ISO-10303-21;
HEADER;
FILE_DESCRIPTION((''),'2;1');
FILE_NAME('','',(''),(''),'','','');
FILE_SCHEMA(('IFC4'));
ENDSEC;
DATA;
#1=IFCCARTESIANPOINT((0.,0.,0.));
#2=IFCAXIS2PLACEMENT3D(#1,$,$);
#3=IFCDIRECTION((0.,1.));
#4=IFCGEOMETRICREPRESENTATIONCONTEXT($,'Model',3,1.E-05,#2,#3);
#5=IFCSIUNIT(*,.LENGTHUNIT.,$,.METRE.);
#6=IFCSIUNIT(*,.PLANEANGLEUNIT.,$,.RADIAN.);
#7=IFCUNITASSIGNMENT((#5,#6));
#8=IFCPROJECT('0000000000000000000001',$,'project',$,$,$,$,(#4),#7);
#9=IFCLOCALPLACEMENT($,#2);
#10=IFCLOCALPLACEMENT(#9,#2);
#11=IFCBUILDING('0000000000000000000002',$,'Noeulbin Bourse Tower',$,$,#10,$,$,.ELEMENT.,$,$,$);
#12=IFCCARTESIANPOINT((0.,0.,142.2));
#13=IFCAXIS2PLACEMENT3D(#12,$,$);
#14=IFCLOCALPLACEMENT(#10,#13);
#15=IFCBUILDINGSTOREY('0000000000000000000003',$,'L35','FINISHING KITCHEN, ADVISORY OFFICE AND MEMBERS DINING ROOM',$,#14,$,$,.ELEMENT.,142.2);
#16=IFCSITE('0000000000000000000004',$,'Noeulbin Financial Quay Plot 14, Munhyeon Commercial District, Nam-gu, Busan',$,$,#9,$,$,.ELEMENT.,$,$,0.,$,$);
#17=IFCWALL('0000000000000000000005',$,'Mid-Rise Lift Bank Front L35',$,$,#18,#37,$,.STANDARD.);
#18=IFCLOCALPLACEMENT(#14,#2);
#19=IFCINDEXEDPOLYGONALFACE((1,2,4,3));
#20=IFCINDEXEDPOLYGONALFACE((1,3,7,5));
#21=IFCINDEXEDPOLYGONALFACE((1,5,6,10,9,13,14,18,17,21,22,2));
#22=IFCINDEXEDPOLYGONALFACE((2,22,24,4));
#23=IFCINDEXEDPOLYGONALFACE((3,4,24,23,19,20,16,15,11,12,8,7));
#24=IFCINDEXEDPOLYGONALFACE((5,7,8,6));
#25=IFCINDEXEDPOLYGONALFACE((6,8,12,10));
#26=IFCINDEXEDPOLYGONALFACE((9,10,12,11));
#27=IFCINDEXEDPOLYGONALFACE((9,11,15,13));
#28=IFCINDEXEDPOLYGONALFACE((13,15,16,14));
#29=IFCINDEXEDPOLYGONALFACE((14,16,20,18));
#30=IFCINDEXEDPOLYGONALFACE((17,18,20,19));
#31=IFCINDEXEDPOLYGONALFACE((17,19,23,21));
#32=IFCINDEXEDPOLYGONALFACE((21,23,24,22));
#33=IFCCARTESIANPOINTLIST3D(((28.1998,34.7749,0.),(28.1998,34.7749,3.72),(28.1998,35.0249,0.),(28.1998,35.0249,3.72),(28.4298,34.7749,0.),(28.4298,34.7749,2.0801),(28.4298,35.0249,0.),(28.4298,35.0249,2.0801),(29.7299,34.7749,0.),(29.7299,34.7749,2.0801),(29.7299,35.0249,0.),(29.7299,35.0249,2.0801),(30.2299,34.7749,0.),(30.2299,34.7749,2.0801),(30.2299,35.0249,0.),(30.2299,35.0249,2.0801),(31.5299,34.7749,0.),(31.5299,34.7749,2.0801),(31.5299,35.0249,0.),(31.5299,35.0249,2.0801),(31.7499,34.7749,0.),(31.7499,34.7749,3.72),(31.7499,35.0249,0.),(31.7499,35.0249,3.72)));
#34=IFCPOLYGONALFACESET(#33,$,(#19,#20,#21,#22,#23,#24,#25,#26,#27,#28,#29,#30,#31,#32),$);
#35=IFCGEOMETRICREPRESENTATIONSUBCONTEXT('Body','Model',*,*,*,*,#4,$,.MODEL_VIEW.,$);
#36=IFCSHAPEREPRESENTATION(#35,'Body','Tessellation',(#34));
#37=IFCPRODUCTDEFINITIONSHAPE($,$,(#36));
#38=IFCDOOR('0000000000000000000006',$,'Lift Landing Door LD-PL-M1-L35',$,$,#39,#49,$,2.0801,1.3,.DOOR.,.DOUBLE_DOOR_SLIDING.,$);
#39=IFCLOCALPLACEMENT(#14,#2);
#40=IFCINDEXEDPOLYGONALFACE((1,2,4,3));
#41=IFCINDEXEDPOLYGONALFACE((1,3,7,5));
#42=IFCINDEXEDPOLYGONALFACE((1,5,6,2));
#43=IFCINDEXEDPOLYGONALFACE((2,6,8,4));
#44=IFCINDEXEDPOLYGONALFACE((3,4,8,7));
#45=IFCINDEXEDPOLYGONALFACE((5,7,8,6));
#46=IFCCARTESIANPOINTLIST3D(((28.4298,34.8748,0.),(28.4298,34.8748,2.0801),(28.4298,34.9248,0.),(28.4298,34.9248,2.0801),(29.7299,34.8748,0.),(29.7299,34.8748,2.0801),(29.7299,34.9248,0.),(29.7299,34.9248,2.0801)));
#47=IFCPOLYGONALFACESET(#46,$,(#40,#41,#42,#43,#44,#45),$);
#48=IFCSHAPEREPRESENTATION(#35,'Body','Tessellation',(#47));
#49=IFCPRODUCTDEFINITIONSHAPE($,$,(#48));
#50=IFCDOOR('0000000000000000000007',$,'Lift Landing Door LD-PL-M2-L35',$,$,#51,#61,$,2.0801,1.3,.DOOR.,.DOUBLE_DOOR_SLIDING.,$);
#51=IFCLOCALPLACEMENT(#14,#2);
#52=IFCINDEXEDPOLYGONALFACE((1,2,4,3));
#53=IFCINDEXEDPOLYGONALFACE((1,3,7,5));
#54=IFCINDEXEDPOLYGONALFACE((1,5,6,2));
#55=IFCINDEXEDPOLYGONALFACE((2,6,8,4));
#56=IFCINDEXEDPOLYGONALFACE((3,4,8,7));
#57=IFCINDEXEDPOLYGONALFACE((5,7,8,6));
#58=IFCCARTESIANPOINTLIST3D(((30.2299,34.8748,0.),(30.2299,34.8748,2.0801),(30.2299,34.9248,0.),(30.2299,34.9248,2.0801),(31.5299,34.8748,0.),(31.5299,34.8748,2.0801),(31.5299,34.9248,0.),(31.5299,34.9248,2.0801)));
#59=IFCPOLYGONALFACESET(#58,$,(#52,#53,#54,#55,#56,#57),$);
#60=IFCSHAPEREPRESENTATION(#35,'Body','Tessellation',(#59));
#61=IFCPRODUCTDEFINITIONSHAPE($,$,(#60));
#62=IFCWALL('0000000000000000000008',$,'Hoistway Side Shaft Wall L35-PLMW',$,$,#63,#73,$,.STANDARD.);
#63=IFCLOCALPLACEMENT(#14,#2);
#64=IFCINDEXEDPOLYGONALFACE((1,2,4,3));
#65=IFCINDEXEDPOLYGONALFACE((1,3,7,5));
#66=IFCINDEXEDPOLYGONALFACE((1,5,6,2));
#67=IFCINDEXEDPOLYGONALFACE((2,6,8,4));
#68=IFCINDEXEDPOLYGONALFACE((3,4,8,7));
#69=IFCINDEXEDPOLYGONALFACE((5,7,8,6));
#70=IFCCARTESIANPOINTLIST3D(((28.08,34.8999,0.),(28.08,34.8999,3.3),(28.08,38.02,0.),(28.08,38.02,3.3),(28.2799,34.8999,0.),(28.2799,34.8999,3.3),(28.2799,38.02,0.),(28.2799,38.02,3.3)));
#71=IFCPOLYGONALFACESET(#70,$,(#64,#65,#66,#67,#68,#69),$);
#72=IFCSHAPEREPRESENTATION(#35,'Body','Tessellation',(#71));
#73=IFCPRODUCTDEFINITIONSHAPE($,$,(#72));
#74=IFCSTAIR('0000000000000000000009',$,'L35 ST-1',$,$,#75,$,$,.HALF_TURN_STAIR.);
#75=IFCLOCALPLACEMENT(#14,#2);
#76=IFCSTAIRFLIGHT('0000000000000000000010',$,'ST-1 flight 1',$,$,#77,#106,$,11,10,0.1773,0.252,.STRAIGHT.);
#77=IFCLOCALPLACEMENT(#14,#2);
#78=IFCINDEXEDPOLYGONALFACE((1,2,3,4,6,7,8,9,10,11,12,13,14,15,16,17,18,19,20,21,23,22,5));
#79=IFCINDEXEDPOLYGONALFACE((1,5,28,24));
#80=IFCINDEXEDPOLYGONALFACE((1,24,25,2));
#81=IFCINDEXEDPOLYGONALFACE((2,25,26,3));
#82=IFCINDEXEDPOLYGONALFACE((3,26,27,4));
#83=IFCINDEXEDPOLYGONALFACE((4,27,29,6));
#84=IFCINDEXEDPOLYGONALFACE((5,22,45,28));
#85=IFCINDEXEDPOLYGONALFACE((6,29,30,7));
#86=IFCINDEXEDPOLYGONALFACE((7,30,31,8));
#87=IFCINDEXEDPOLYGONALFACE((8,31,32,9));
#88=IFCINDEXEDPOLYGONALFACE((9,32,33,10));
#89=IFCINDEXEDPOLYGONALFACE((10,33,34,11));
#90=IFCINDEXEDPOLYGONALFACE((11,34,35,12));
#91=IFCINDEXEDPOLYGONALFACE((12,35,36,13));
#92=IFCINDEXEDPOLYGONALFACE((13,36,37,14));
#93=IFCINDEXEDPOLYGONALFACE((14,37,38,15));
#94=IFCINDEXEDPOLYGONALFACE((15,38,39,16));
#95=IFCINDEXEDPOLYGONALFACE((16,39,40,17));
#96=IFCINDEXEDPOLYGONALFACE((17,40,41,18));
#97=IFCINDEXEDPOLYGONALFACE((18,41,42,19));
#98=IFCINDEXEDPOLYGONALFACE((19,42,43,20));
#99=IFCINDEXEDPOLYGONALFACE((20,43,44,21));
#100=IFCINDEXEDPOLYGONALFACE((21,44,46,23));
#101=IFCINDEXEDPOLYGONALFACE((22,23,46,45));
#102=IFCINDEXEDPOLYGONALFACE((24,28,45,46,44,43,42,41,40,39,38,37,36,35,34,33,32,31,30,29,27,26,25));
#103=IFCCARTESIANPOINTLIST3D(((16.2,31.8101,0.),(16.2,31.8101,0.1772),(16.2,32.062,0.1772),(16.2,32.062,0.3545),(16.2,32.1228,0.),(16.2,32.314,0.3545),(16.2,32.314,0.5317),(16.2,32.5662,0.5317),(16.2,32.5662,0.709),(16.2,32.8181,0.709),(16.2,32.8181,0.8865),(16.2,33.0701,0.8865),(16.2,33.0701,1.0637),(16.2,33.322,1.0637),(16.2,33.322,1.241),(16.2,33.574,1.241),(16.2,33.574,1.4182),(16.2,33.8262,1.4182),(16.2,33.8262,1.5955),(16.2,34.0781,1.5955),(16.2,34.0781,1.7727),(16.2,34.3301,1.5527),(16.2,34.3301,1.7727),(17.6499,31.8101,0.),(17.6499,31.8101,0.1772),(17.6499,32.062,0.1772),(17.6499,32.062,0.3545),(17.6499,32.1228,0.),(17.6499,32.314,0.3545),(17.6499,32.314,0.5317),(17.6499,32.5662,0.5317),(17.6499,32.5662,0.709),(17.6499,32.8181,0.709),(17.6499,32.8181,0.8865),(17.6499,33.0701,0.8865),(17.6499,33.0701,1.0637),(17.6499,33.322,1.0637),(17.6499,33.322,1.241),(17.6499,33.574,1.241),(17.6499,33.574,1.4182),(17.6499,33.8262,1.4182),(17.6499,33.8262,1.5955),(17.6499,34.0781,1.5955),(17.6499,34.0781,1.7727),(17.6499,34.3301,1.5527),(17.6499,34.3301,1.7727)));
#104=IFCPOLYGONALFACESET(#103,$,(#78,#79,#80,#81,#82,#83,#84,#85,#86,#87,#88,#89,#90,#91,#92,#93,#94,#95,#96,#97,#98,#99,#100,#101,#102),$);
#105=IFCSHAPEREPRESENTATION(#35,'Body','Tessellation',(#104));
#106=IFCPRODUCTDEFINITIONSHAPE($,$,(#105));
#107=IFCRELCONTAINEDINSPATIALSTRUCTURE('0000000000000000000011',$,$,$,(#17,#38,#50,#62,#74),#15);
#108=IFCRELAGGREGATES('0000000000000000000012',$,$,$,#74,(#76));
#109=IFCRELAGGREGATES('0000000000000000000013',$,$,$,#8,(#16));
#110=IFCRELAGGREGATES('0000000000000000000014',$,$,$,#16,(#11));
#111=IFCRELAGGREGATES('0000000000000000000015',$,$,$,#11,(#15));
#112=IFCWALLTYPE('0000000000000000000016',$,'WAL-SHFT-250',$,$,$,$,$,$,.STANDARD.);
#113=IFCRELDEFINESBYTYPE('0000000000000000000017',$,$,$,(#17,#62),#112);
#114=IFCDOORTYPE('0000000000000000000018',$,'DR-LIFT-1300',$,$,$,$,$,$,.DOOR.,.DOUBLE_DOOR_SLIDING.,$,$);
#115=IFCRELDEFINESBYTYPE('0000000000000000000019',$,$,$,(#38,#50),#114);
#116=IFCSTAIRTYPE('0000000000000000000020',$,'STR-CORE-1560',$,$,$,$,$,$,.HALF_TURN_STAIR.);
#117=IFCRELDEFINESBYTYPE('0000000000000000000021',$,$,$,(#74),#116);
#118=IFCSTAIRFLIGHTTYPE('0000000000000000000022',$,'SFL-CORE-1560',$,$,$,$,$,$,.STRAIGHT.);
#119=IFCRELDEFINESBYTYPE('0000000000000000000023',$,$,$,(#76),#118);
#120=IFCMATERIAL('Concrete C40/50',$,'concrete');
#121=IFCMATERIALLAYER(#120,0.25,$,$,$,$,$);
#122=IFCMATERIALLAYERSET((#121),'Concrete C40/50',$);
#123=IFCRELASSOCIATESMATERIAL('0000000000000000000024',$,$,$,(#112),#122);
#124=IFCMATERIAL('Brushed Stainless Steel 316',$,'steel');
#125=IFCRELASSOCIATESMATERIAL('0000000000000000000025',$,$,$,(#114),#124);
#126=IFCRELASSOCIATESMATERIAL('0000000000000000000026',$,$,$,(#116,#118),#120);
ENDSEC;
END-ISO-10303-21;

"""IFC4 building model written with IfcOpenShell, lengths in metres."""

from ifc_helpers import new_model, si_unit, direction, frame, frame_2d, origin, place, context, subcontext, project, spatial, polyline, rectangle, outline, extrude, material, layer, layer_set, type_object, element, fill, aggregate, save


model = new_model("IFC4")

# Units and contexts
model_context = context("Model", 3, precision=1e-05, world=origin(), true_north=direction((0.0, 1.0)))
body_context = subcontext(model_context, "Body", "Model", "MODEL_VIEW")
ifc_project = project(units=[si_unit("LENGTHUNIT", "METRE"), si_unit("PLANEANGLEUNIT", "RADIAN")], contexts=[model_context])

# Site, building, storey
site_placement = place(None, origin())
site = spatial("IfcSite", under=ifc_project, at=site_placement, Name="Noeulbin Financial Quay Plot 14, Munhyeon Commercial District, Nam-gu, Busan", CompositionType="ELEMENT", RefElevation=0.0)
building_placement = place(site_placement, origin())
building = spatial("IfcBuilding", under=site, at=building_placement, Name="Noeulbin Bourse Tower", CompositionType="ELEMENT")
storey_placement = place(building_placement, frame((0.0, 0.0, 142.2)))
storey = spatial("IfcBuildingStorey", under=building, at=storey_placement, Name="L35", Description="FINISHING KITCHEN, ADVISORY OFFICE AND MEMBERS DINING ROOM", CompositionType="ELEMENT", Elevation=142.2)

# Shared definitions
ifc_material_1 = material(Name="Concrete C40/50", Category="concrete")

# Shared definitions
ifc_layer_1 = layer(ifc_material_1, 0.25)
ifc_layer_set_1 = layer_set([ifc_layer_1], Name="Concrete C40/50")
wall_type_1 = type_object("IfcWallType", Name="WAL-SHFT-250", PredefinedType="STANDARD", material=ifc_layer_set_1)

# Shared definitions
ifc_material_2 = material(Name="Brushed Stainless Steel 316", Category="steel")

# Wall, openings, doors
wall_1_placement = place(storey_placement, frame((28.2, 34.8999, 0.0), z_axis=(0.0, 0.0, 1.0), x_axis=(1.0, 0.0, 0.0)))
wall_1 = element("IfcWall", 1, at=wall_1_placement, inside=storey, type_object=wall_type_1, Name="Mid-Rise Lift Bank Front L35", PredefinedType="STANDARD", context=body_context, shape_type="SweptSolid", body=[
    extrude(rectangle(XDim=3.55, YDim=0.25, at=frame_2d((1.7749, 0.0))), origin(), (0.0, 0.0, 1.0), 3.72),
])
opening_1_placement = place(wall_1_placement, frame((0.23, 0.0, 0.0)))
opening_1 = element("IfcOpeningElement", 2, at=opening_1_placement, cuts=wall_1, PredefinedType="OPENING", context=body_context, shape_type="SweptSolid", body=[
    extrude(rectangle(XDim=1.3, YDim=2.0801, at=frame_2d((0.6499, 1.04))), frame((0.0, 0.135, 0.0), z_axis=(0.0, -1.0, 0.0), x_axis=(1.0, 0.0, 0.0)), (0.0, 0.0, 1.0), 0.27),
])
opening_2_placement = place(wall_1_placement, frame((2.03, 0.0, 0.0)))
opening_2 = element("IfcOpeningElement", 3, at=opening_2_placement, cuts=wall_1, PredefinedType="OPENING", context=body_context, shape_type="SweptSolid", body=[
    extrude(rectangle(XDim=1.3, YDim=2.0801, at=frame_2d((0.6499, 1.04))), frame((0.0, 0.135, 0.0), z_axis=(0.0, -1.0, 0.0), x_axis=(1.0, 0.0, 0.0)), (0.0, 0.0, 1.0), 0.27),
])
door_type_1 = type_object("IfcDoorType", Name="DR-LIFT-1300", OperationType="DOUBLE_DOOR_SLIDING", PredefinedType="DOOR", material=ifc_material_2)
door_1_placement = place(opening_1_placement, origin())
door_1 = element("IfcDoor", 4, at=door_1_placement, inside=storey, type_object=door_type_1, Name="Lift Landing Door LD-PL-M1-L35", OperationType="DOUBLE_DOOR_SLIDING", OverallHeight=2.0801, OverallWidth=1.3, PredefinedType="DOOR", context=body_context, shape_type="SweptSolid", body=[
    extrude(rectangle(XDim=1.3, YDim=2.0801, at=frame_2d((0.6499, 1.04))), frame((0.0, 0.0249, 0.0), z_axis=(0.0, -1.0, 0.0), x_axis=(1.0, 0.0, 0.0)), (0.0, 0.0, 1.0), 0.05),
])
fill(opening_1, door_1)
door_2_placement = place(opening_2_placement, origin())
door_2 = element("IfcDoor", 5, at=door_2_placement, inside=storey, type_object=door_type_1, Name="Lift Landing Door LD-PL-M2-L35", OperationType="DOUBLE_DOOR_SLIDING", OverallHeight=2.0801, OverallWidth=1.3, PredefinedType="DOOR", context=body_context, shape_type="SweptSolid", body=[
    extrude(rectangle(XDim=1.3, YDim=2.0801, at=frame_2d((0.6499, 1.04))), frame((0.0, 0.0249, 0.0), z_axis=(0.0, -1.0, 0.0), x_axis=(1.0, 0.0, 0.0)), (0.0, 0.0, 1.0), 0.05),
])
fill(opening_2, door_2)

# Wall
wall_2_placement = place(storey_placement, frame((28.1799, 34.8999, 0.0), z_axis=(0.0, 0.0, 1.0), x_axis=(0.0, 1.0, 0.0)))
element("IfcWall", 6, at=wall_2_placement, inside=storey, type_object=wall_type_1, Name="Hoistway Side Shaft Wall L35-PLMW", PredefinedType="STANDARD", context=body_context, shape_type="SweptSolid", body=[
    extrude(rectangle(XDim=3.1201, YDim=0.2, at=frame_2d((1.5601, 0.0))), origin(), (0.0, 0.0, 1.0), 3.3),
])

# Stair, stair flight
stair_type = type_object("IfcStairType", Name="STR-CORE-1560", PredefinedType="HALF_TURN_STAIR", material=ifc_material_1)
stair_placement = place(storey_placement, origin())
stair = element("IfcStair", 7, at=stair_placement, inside=storey, type_object=stair_type, Name="L35 ST-1", PredefinedType="HALF_TURN_STAIR")
stair_flight_type = type_object("IfcStairFlightType", Name="SFL-CORE-1560", PredefinedType="STRAIGHT", material=ifc_material_1)
stair_flight_placement = place(storey_placement, frame((16.925, 31.8101, 0.0), z_axis=(0.0, 0.0, 1.0), x_axis=(0.0, 1.0, 0.0)))
stair_flight = element("IfcStairFlight", 8, at=stair_flight_placement, type_object=stair_flight_type, Name="ST-1 flight 1", NumberOfRisers=11, NumberOfTreads=10, PredefinedType="STRAIGHT", RiserHeight=0.1773, TreadLength=0.252, context=body_context, shape_type="SweptSolid", body=[
    extrude(outline(polyline([(0.0, 0.0), (0.0, 0.1772), (0.252, 0.1772), (0.252, 0.3545), (0.5039, 0.3545), (0.5039, 0.5317), (0.7561, 0.5317), (0.7561, 0.709), (1.0081, 0.709), (1.0081, 0.8865), (1.26, 0.8865), (1.26, 1.0637), (1.512, 1.0637), (1.512, 1.241), (1.7639, 1.241), (1.7639, 1.4182), (2.0161, 1.4182), (2.0161, 1.5955), (2.2681, 1.5955), (2.2681, 1.7727), (2.52, 1.7727), (2.52, 1.95), (2.52, 1.5527), (0.3127, 0.0), (0.0, 0.0)])), frame((0.0, 0.7251, 0.0), z_axis=(0.0, -1.0, 0.0), x_axis=(1.0, 0.0, 0.0)), (0.0, 0.0, 1.0), 1.45),
])
aggregate(stair, [stair_flight])

save(model, "model.ifc")
